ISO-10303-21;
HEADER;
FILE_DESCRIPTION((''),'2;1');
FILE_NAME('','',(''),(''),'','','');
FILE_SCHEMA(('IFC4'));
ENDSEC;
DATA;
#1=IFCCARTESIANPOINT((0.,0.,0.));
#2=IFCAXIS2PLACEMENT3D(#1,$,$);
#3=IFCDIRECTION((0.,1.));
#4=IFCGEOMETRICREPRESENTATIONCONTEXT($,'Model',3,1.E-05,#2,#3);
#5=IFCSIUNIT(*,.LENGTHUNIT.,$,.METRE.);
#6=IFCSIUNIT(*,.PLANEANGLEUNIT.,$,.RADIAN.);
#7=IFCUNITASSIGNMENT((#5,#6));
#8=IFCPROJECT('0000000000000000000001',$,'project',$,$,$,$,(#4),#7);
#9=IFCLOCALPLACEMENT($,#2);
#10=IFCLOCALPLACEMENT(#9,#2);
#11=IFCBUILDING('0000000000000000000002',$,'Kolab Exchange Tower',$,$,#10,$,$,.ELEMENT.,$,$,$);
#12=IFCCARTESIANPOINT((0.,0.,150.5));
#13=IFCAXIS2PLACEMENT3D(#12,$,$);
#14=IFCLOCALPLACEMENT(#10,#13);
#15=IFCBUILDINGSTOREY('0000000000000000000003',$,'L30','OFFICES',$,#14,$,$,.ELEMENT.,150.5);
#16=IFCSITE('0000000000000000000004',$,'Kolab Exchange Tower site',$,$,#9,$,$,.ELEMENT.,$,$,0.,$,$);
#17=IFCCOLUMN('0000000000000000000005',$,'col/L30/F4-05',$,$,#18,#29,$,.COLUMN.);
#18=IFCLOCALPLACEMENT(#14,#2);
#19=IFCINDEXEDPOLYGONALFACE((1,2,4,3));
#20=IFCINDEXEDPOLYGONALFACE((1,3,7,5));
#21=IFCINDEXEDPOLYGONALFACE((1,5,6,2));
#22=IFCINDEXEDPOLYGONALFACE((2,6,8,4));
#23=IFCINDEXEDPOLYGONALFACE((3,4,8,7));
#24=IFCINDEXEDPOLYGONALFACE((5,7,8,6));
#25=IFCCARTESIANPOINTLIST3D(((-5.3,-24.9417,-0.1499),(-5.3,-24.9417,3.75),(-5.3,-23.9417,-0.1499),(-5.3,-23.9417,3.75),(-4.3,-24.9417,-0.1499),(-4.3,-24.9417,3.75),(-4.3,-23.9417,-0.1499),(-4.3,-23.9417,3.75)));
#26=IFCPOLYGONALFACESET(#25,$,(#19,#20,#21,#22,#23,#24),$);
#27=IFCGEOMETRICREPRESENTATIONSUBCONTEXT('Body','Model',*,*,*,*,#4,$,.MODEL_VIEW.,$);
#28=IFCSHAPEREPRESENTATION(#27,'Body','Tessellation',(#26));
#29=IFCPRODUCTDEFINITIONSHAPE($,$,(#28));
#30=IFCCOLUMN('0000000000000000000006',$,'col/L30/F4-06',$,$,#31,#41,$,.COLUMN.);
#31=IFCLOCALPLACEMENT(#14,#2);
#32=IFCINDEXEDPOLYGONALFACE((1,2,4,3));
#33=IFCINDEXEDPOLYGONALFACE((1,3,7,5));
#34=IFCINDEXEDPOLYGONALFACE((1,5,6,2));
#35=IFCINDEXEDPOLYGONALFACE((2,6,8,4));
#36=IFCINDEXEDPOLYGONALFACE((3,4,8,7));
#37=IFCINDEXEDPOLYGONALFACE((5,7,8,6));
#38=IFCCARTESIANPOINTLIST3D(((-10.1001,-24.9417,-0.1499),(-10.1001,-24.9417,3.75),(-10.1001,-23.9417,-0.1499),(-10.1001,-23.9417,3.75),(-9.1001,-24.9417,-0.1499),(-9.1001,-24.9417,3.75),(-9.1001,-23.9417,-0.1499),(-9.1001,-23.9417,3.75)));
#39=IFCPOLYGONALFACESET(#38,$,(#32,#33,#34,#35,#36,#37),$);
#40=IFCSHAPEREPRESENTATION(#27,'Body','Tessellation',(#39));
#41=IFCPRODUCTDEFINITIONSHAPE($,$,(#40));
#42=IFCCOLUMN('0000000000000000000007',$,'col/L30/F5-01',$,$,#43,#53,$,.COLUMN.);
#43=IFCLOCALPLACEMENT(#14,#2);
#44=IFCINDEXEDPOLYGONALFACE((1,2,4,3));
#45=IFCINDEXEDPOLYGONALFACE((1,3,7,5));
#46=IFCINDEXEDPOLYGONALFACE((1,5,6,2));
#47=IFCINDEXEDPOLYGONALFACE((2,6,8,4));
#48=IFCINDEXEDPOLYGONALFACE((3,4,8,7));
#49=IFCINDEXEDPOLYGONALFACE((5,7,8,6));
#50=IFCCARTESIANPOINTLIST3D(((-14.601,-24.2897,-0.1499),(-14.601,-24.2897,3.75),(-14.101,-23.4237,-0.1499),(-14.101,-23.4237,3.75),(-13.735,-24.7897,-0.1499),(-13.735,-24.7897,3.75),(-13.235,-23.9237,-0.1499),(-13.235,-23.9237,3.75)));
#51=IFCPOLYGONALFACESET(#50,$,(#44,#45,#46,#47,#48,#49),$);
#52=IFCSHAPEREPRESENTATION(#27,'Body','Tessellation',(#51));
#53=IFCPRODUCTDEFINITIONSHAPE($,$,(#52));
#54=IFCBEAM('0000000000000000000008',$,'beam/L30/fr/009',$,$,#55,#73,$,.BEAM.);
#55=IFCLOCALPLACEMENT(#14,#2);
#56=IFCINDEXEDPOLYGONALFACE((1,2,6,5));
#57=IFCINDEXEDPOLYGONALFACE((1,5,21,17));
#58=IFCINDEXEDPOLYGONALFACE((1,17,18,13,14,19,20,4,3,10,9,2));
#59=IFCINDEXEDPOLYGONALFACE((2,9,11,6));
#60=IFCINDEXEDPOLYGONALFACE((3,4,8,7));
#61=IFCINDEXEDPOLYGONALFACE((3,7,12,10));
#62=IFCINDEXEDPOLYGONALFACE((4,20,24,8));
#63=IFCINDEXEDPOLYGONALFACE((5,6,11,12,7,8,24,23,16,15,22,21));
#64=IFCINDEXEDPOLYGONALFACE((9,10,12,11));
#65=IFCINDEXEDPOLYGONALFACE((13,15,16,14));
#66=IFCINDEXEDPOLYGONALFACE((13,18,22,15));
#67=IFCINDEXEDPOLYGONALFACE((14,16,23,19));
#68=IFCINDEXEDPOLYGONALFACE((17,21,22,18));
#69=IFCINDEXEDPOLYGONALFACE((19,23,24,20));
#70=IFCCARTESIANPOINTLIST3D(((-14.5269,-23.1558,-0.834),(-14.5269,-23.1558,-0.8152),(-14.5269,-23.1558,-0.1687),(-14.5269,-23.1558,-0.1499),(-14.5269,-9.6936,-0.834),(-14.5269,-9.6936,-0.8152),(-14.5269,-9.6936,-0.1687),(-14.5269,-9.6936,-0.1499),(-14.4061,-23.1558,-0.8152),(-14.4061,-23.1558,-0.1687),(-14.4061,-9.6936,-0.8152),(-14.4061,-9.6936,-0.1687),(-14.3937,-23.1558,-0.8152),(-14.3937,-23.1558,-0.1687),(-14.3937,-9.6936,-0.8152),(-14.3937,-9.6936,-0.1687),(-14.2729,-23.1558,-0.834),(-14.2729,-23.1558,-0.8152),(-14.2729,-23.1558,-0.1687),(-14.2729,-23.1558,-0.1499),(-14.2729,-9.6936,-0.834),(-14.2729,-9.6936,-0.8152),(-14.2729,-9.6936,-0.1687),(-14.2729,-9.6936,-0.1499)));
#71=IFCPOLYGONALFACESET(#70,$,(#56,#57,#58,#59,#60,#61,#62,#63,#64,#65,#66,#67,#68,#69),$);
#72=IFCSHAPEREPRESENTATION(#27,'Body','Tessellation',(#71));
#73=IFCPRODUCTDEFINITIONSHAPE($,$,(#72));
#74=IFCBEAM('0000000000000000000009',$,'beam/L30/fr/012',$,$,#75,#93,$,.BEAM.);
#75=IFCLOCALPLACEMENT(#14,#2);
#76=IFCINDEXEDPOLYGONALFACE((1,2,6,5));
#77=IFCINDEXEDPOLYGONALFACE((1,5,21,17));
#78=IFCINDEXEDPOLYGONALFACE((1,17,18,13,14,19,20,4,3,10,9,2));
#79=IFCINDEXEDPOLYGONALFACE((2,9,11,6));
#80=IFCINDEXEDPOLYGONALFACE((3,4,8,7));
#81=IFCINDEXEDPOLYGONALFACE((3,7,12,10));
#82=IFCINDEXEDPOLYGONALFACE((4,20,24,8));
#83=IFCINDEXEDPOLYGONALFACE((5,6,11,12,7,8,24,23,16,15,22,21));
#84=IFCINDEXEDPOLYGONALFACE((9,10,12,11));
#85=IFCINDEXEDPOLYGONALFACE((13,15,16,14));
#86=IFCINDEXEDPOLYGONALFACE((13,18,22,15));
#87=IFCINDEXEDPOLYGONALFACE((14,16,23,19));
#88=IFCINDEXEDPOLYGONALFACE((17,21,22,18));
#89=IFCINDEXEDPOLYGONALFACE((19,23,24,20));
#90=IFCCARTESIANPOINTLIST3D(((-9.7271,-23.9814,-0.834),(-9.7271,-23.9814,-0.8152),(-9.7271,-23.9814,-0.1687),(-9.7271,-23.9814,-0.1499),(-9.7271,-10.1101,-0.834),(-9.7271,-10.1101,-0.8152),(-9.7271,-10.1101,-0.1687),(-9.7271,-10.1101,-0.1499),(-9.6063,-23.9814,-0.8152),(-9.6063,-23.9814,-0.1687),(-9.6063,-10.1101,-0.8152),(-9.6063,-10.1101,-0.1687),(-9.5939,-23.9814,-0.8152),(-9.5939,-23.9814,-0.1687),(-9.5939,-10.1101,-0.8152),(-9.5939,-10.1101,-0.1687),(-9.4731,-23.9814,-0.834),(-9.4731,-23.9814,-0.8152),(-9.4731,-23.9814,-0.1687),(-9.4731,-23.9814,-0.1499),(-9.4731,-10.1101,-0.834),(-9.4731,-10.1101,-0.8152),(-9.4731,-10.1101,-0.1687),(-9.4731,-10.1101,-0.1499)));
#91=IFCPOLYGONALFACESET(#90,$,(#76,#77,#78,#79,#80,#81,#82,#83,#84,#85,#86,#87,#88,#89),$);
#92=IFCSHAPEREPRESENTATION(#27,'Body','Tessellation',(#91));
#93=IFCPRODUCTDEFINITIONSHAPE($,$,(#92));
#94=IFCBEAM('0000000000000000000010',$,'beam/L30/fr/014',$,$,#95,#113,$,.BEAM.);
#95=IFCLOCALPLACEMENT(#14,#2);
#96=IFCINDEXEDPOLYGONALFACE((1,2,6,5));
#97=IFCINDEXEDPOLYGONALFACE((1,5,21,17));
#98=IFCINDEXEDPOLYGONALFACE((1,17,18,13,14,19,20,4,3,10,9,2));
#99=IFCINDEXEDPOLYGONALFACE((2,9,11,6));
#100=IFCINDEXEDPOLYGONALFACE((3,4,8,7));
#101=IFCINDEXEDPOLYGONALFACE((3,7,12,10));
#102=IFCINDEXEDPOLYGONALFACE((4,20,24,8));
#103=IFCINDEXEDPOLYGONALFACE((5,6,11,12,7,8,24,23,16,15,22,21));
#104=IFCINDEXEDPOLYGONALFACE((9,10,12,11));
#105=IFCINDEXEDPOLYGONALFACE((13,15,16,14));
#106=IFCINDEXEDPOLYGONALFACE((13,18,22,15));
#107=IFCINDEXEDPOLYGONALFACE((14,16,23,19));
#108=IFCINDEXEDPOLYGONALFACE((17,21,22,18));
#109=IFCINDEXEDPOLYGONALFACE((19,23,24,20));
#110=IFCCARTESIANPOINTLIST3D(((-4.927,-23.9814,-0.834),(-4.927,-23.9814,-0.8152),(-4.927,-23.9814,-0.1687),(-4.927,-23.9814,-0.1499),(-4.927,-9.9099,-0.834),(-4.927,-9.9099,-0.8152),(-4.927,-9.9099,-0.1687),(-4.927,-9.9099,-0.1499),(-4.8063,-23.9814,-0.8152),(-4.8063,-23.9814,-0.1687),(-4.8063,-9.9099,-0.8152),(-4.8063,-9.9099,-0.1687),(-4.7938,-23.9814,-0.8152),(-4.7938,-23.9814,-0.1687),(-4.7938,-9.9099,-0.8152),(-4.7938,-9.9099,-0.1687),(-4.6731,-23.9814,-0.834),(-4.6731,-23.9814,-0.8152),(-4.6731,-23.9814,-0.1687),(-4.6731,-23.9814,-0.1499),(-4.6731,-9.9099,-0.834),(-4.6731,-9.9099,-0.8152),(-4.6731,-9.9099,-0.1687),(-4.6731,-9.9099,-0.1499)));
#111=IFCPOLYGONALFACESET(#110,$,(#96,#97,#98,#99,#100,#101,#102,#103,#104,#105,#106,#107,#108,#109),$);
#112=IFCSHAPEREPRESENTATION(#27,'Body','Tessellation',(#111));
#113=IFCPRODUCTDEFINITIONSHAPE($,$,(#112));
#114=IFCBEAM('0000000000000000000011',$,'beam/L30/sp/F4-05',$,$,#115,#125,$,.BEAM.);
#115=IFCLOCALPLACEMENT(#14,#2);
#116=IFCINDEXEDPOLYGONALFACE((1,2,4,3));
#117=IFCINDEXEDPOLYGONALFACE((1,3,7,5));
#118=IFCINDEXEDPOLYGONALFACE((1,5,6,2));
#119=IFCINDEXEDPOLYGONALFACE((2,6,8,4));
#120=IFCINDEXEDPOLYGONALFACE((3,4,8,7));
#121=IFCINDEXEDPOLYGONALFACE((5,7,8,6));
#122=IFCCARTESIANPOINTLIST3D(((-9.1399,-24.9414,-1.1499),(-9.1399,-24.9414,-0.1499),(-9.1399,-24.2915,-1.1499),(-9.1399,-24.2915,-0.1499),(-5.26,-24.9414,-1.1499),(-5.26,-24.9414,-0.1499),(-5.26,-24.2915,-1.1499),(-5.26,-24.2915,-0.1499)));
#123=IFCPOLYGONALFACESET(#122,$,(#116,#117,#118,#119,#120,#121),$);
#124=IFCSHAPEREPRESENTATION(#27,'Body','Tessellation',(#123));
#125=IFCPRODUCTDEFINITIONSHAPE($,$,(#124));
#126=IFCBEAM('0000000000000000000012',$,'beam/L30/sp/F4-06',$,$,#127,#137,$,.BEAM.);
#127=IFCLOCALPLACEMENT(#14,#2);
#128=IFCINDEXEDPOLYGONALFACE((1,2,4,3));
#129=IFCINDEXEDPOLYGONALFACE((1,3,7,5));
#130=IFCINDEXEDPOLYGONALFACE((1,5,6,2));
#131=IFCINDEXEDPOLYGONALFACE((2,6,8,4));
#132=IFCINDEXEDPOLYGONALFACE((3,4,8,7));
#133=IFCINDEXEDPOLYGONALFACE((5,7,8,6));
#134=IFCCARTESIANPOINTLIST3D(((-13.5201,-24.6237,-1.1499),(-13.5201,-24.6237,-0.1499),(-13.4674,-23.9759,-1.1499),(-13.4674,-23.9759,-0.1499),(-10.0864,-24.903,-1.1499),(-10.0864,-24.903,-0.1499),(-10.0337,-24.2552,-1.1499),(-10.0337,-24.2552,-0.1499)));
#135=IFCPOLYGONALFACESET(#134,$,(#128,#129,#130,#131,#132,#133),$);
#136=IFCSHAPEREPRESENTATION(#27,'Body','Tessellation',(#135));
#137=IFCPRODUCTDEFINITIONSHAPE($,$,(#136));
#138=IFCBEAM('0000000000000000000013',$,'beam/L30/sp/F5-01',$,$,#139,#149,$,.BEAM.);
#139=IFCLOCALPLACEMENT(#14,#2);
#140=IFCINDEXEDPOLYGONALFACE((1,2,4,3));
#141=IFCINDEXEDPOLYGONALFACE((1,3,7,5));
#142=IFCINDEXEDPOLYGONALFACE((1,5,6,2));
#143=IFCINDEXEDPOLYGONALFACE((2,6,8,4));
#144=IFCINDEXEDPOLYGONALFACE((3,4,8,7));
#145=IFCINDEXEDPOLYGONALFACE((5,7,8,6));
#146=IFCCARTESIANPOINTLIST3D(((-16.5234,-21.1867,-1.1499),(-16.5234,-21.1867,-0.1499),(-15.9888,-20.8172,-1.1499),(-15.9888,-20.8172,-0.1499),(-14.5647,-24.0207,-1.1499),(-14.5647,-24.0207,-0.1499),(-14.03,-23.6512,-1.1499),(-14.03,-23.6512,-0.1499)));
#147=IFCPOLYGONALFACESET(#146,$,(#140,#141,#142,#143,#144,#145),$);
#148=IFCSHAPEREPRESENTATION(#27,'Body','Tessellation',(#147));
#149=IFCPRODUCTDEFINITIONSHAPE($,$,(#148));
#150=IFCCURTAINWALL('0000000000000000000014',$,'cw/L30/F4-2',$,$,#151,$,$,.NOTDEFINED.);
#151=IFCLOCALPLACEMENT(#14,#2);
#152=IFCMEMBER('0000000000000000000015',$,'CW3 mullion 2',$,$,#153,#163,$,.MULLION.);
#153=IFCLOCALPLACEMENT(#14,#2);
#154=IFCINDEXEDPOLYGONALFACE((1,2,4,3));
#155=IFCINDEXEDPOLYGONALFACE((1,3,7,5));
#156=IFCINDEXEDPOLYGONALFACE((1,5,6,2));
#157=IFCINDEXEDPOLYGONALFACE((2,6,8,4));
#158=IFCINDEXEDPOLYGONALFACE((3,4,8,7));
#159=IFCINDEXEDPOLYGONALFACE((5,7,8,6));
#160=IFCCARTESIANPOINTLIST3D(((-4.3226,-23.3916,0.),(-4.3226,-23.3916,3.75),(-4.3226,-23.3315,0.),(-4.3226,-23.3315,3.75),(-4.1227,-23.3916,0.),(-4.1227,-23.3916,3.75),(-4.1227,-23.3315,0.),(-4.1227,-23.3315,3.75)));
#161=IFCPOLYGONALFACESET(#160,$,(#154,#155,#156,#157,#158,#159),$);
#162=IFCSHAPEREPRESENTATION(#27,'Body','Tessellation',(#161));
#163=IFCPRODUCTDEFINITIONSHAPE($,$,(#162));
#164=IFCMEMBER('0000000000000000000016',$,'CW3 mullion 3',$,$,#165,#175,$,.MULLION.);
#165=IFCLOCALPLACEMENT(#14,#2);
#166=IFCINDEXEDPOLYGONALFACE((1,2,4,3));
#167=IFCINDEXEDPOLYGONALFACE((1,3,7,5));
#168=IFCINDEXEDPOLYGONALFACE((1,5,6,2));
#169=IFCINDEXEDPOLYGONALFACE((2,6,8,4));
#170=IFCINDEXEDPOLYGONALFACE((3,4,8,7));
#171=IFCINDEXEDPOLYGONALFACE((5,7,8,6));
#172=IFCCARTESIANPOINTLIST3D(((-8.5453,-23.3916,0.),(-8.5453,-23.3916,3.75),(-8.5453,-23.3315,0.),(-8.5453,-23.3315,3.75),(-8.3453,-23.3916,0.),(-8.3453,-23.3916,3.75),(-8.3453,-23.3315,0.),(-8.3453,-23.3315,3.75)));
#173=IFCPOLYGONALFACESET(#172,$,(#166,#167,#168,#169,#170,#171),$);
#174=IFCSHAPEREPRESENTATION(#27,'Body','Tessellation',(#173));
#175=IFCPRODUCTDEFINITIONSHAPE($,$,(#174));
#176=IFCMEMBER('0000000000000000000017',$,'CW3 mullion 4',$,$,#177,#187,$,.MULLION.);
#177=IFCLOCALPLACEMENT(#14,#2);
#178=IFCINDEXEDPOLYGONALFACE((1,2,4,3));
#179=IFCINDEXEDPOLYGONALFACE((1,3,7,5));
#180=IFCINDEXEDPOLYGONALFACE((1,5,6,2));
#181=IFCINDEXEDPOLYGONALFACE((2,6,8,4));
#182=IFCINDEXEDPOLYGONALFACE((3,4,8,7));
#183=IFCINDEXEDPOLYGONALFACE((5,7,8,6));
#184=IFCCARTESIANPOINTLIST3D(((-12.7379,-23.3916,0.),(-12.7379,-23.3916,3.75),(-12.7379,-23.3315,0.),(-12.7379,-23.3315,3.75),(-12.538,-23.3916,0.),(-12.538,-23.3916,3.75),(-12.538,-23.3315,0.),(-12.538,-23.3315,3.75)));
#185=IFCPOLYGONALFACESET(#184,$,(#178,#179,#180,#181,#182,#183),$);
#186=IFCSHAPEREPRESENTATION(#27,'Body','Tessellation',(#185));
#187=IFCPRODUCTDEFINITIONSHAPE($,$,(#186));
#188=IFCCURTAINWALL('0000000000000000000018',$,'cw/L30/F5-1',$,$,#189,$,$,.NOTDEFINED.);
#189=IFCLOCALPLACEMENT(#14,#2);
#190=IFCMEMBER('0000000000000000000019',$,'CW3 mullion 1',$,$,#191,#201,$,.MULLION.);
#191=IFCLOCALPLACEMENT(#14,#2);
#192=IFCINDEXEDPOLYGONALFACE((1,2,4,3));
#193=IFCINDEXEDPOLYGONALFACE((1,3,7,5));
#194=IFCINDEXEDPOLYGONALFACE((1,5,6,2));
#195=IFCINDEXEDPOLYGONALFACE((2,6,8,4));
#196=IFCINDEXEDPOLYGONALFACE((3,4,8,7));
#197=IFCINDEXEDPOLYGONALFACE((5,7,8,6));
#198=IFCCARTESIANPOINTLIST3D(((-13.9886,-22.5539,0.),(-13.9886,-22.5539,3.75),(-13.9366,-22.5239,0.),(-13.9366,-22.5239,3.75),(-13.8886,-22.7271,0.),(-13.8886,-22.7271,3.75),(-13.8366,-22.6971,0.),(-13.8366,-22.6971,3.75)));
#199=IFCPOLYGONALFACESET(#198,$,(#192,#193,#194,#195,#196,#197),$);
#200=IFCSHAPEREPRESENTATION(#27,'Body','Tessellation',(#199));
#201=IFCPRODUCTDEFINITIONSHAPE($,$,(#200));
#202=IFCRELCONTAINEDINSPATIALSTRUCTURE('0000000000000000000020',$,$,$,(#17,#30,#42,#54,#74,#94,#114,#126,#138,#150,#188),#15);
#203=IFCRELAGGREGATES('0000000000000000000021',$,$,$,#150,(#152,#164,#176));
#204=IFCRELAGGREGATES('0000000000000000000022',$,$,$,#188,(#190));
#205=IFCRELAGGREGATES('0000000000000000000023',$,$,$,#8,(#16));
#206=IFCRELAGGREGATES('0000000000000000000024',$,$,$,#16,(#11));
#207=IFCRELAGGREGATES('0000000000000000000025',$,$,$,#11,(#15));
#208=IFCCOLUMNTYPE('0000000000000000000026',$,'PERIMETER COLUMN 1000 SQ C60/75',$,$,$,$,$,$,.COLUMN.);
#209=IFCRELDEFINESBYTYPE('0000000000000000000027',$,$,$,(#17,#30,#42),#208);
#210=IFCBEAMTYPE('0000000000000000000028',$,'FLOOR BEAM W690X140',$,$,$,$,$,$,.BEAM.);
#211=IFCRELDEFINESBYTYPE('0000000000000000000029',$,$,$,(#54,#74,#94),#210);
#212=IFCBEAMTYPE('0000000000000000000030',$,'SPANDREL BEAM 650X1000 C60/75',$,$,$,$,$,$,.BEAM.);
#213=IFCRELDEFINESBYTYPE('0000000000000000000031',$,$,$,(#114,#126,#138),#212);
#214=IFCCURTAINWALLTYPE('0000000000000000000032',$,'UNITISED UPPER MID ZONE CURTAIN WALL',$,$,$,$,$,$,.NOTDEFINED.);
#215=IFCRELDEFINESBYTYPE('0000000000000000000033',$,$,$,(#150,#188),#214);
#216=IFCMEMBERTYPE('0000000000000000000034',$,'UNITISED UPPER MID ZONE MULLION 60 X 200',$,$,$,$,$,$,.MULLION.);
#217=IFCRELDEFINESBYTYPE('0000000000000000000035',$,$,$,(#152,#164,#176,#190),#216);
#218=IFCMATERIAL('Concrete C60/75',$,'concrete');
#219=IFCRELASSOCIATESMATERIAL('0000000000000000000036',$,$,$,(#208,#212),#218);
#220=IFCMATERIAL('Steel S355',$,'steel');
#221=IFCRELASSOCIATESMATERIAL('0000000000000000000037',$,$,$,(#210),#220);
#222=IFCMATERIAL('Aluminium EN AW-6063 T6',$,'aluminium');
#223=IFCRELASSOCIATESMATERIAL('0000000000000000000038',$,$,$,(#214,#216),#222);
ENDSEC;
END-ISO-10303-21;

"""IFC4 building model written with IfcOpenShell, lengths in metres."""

from ifc_helpers import new_model, si_unit, direction, frame, origin, origin_2d, place, context, subcontext, project, spatial, rectangle, i_section, extrude, material, material_profile, profile_set, type_object, element, aggregate, save


model = new_model("IFC4")

# Units and contexts
model_context = context("Model", 3, precision=1e-05, world=origin(), true_north=direction((0.0, 1.0)))
body_context = subcontext(model_context, "Body", "Model", "MODEL_VIEW")
ifc_project = project(units=[si_unit("LENGTHUNIT", "METRE"), si_unit("PLANEANGLEUNIT", "RADIAN")], contexts=[model_context])

# Site, building, storey
site_placement = place(None, origin())
site = spatial("IfcSite", under=ifc_project, at=site_placement, Name="Kolab Exchange Tower site", CompositionType="ELEMENT", RefElevation=0.0)
building_placement = place(site_placement, origin())
building = spatial("IfcBuilding", under=site, at=building_placement, Name="Kolab Exchange Tower", CompositionType="ELEMENT")
storey_placement = place(building_placement, frame((0.0, 0.0, 150.5)))
storey = spatial("IfcBuildingStorey", under=building, at=storey_placement, Name="L30", Description="OFFICES", CompositionType="ELEMENT", Elevation=150.5)

# Columns
ifc_material_1 = material(Name="Concrete C60/75", Category="concrete")
ifc_material_profile_1 = material_profile(ifc_material_1, rectangle(XDim=1.0, YDim=1.0, at=origin_2d()), Name="RC1000")
ifc_profile_set_1 = profile_set([ifc_material_profile_1], Name="Concrete C60/75")
column_type = type_object("IfcColumnType", Name="PERIMETER COLUMN 1000 SQ C60/75", PredefinedType="COLUMN", material=ifc_profile_set_1)
for number, where, z_axis, x_axis, name in (
    (1, (-4.8, -24.4417, -0.1499), (0.0, 0.0, 1.0), (1.0, 0.0, 0.0), "col/L30/F4-05"),
    (2, (-9.6001, -24.4417, -0.1499), (0.0, 0.0, 1.0), (1.0, 0.0, 0.0), "col/L30/F4-06"),
    (3, (-13.918, -24.1067, -0.1499), (0.0, 0.0, 1.0), (0.5, 0.866025, 0.0), "col/L30/F5-01"),
):
    element("IfcColumn", number, at=place(storey_placement, frame(where, z_axis=z_axis, x_axis=x_axis)), inside=storey, type_object=column_type, Name=name, PredefinedType="COLUMN", context=body_context, shape_type="SweptSolid", body=[
        extrude(rectangle(XDim=1.0, YDim=1.0, at=origin_2d()), origin(), (0.0, 0.0, 1.0), 3.8999),
    ])

# Beams
ifc_material_2 = material(Name="Steel S355", Category="steel")
ifc_material_profile_2 = material_profile(ifc_material_2, i_section(OverallWidth=0.2539, OverallDepth=0.6841, WebThickness=0.0125, FlangeThickness=0.0188, at=origin_2d()), Name="W690X140")
ifc_profile_set_2 = profile_set([ifc_material_profile_2], Name="Steel S355")
beam_type_1 = type_object("IfcBeamType", Name="FLOOR BEAM W690X140", PredefinedType="BEAM", material=ifc_profile_set_2)
beam_1_placement = place(storey_placement, frame((-14.3999, -23.1558, -0.4919), z_axis=(0.0, 1.0, 0.0), x_axis=(-1.0, 0.0, 0.0)))
element("IfcBeam", 4, at=beam_1_placement, inside=storey, type_object=beam_type_1, Name="beam/L30/fr/009", PredefinedType="BEAM", context=body_context, shape_type="SweptSolid", body=[
    extrude(i_section(OverallWidth=0.2539, OverallDepth=0.6841, WebThickness=0.0125, FlangeThickness=0.0188, at=origin_2d()), origin(), (0.0, 0.0, 1.0), 13.4622),
])
beam_2_placement = place(storey_placement, frame((-9.6001, -23.9814, -0.4919), z_axis=(0.0, 1.0, 0.0), x_axis=(-1.0, 0.0, 0.0)))
element("IfcBeam", 5, at=beam_2_placement, inside=storey, type_object=beam_type_1, Name="beam/L30/fr/012", PredefinedType="BEAM", context=body_context, shape_type="SweptSolid", body=[
    extrude(i_section(OverallWidth=0.2539, OverallDepth=0.6841, WebThickness=0.0125, FlangeThickness=0.0188, at=origin_2d()), origin(), (0.0, 0.0, 1.0), 13.8713),
])
beam_3_placement = place(storey_placement, frame((-4.8, -23.9814, -0.4919), z_axis=(0.0, 1.0, 0.0), x_axis=(-1.0, 0.0, 0.0)))
element("IfcBeam", 6, at=beam_3_placement, inside=storey, type_object=beam_type_1, Name="beam/L30/fr/014", PredefinedType="BEAM", context=body_context, shape_type="SweptSolid", body=[
    extrude(i_section(OverallWidth=0.2539, OverallDepth=0.6841, WebThickness=0.0125, FlangeThickness=0.0188, at=origin_2d()), origin(), (0.0, 0.0, 1.0), 14.0715),
])
ifc_material_profile_3 = material_profile(ifc_material_1, rectangle(XDim=0.6499, YDim=1.0, at=origin_2d()), Name="RC650X1000")
ifc_profile_set_3 = profile_set([ifc_material_profile_3], Name="Concrete C60/75")
beam_type_2 = type_object("IfcBeamType", Name="SPANDREL BEAM 650X1000 C60/75", PredefinedType="BEAM", material=ifc_profile_set_3)
beam_4_placement = place(storey_placement, frame((-5.26, -24.6165, -0.6499), z_axis=(-1.0, 0.0, 0.0), x_axis=(0.0, -1.0, 0.0)))
element("IfcBeam", 7, at=beam_4_placement, inside=storey, type_object=beam_type_2, Name="beam/L30/sp/F4-05", PredefinedType="BEAM", context=body_context, shape_type="SweptSolid", body=[
    extrude(rectangle(XDim=0.6499, YDim=1.0, at=origin_2d()), origin(), (0.0, 0.0, 1.0), 3.8799),
])
for number, where, z_axis, x_axis, name in (
    (8, (-10.0601, -24.5791, -0.6499), (-0.996708, 0.081069, 0.0), (-0.081069, -0.996708, 0.0), "beam/L30/sp/F4-06"),
    (9, (-14.2974, -23.8359, -0.6499), (-0.568572, 0.822633, 0.0), (-0.822633, -0.568572, 0.0), "beam/L30/sp/F5-01"),
):
    element("IfcBeam", number, at=place(storey_placement, frame(where, z_axis=z_axis, x_axis=x_axis)), inside=storey, type_object=beam_type_2, Name=name, PredefinedType="BEAM", context=body_context, shape_type="SweptSolid", body=[
        extrude(rectangle(XDim=0.6499, YDim=1.0, at=origin_2d()), origin(), (0.0, 0.0, 1.0), 3.4451),
    ])

# Curtain wall, members
ifc_material_3 = material(Name="Aluminium EN AW-6063 T6", Category="aluminium")
curtain_wall_type = type_object("IfcCurtainWallType", Name="UNITISED UPPER MID ZONE CURTAIN WALL", PredefinedType="NOTDEFINED", material=ifc_material_3)
curtain_wall_1_placement = place(storey_placement, origin())
curtain_wall_1 = element("IfcCurtainWall", 10, at=curtain_wall_1_placement, inside=storey, type_object=curtain_wall_type, Name="cw/L30/F4-2", PredefinedType="NOTDEFINED")
ifc_material_profile_4 = material_profile(ifc_material_3, rectangle(XDim=0.0601, YDim=0.2, at=origin_2d()), Name="RECT 60X200")
ifc_profile_set_4 = profile_set([ifc_material_profile_4], Name="Aluminium EN AW-6063 T6")
member_type_1 = type_object("IfcMemberType", Name="UNITISED UPPER MID ZONE MULLION 60 X 200", PredefinedType="MULLION", material=ifc_profile_set_4)
member_1_placement = place(storey_placement, frame((-4.2227, -23.3616, 0.0), z_axis=(0.0, 0.0, 1.0), x_axis=(0.0, -1.0, 0.0)))
member_1 = element("IfcMember", 11, at=member_1_placement, type_object=member_type_1, Name="CW3 mullion 2", PredefinedType="MULLION", context=body_context, shape_type="SweptSolid", body=[
    extrude(rectangle(XDim=0.0601, YDim=0.2, at=origin_2d()), origin(), (0.0, 0.0, 1.0), 3.75),
])
member_2_placement = place(storey_placement, frame((-8.4453, -23.3616, 0.0), z_axis=(0.0, 0.0, 1.0), x_axis=(0.0, -1.0, 0.0)))
member_2 = element("IfcMember", 12, at=member_2_placement, type_object=member_type_1, Name="CW3 mullion 3", PredefinedType="MULLION", context=body_context, shape_type="SweptSolid", body=[
    extrude(rectangle(XDim=0.0601, YDim=0.2, at=origin_2d()), origin(), (0.0, 0.0, 1.0), 3.75),
])
member_3_placement = place(storey_placement, frame((-12.6379, -23.3616, 0.0), z_axis=(0.0, 0.0, 1.0), x_axis=(0.0, -1.0, 0.0)))
member_3 = element("IfcMember", 13, at=member_3_placement, type_object=member_type_1, Name="CW3 mullion 4", PredefinedType="MULLION", context=body_context, shape_type="SweptSolid", body=[
    extrude(rectangle(XDim=0.0601, YDim=0.2, at=origin_2d()), origin(), (0.0, 0.0, 1.0), 3.75),
])

# Curtain wall, member
curtain_wall_2_placement = place(storey_placement, origin())
curtain_wall_2 = element("IfcCurtainWall", 14, at=curtain_wall_2_placement, inside=storey, type_object=curtain_wall_type, Name="cw/L30/F5-1", PredefinedType="NOTDEFINED")
member_4_placement = place(storey_placement, frame((-13.9126, -22.6255, 0.0), z_axis=(0.0, 0.0, 1.0), x_axis=(-0.866025, -0.5, 0.0)))
member_4 = element("IfcMember", 15, at=member_4_placement, type_object=member_type_1, Name="CW3 mullion 1", PredefinedType="MULLION", context=body_context, shape_type="SweptSolid", body=[
    extrude(rectangle(XDim=0.0601, YDim=0.2, at=origin_2d()), origin(), (0.0, 0.0, 1.0), 3.75),
])

aggregate(curtain_wall_1, [member_1, member_2, member_3])
aggregate(curtain_wall_2, [member_4])

save(model, "model.ifc")
